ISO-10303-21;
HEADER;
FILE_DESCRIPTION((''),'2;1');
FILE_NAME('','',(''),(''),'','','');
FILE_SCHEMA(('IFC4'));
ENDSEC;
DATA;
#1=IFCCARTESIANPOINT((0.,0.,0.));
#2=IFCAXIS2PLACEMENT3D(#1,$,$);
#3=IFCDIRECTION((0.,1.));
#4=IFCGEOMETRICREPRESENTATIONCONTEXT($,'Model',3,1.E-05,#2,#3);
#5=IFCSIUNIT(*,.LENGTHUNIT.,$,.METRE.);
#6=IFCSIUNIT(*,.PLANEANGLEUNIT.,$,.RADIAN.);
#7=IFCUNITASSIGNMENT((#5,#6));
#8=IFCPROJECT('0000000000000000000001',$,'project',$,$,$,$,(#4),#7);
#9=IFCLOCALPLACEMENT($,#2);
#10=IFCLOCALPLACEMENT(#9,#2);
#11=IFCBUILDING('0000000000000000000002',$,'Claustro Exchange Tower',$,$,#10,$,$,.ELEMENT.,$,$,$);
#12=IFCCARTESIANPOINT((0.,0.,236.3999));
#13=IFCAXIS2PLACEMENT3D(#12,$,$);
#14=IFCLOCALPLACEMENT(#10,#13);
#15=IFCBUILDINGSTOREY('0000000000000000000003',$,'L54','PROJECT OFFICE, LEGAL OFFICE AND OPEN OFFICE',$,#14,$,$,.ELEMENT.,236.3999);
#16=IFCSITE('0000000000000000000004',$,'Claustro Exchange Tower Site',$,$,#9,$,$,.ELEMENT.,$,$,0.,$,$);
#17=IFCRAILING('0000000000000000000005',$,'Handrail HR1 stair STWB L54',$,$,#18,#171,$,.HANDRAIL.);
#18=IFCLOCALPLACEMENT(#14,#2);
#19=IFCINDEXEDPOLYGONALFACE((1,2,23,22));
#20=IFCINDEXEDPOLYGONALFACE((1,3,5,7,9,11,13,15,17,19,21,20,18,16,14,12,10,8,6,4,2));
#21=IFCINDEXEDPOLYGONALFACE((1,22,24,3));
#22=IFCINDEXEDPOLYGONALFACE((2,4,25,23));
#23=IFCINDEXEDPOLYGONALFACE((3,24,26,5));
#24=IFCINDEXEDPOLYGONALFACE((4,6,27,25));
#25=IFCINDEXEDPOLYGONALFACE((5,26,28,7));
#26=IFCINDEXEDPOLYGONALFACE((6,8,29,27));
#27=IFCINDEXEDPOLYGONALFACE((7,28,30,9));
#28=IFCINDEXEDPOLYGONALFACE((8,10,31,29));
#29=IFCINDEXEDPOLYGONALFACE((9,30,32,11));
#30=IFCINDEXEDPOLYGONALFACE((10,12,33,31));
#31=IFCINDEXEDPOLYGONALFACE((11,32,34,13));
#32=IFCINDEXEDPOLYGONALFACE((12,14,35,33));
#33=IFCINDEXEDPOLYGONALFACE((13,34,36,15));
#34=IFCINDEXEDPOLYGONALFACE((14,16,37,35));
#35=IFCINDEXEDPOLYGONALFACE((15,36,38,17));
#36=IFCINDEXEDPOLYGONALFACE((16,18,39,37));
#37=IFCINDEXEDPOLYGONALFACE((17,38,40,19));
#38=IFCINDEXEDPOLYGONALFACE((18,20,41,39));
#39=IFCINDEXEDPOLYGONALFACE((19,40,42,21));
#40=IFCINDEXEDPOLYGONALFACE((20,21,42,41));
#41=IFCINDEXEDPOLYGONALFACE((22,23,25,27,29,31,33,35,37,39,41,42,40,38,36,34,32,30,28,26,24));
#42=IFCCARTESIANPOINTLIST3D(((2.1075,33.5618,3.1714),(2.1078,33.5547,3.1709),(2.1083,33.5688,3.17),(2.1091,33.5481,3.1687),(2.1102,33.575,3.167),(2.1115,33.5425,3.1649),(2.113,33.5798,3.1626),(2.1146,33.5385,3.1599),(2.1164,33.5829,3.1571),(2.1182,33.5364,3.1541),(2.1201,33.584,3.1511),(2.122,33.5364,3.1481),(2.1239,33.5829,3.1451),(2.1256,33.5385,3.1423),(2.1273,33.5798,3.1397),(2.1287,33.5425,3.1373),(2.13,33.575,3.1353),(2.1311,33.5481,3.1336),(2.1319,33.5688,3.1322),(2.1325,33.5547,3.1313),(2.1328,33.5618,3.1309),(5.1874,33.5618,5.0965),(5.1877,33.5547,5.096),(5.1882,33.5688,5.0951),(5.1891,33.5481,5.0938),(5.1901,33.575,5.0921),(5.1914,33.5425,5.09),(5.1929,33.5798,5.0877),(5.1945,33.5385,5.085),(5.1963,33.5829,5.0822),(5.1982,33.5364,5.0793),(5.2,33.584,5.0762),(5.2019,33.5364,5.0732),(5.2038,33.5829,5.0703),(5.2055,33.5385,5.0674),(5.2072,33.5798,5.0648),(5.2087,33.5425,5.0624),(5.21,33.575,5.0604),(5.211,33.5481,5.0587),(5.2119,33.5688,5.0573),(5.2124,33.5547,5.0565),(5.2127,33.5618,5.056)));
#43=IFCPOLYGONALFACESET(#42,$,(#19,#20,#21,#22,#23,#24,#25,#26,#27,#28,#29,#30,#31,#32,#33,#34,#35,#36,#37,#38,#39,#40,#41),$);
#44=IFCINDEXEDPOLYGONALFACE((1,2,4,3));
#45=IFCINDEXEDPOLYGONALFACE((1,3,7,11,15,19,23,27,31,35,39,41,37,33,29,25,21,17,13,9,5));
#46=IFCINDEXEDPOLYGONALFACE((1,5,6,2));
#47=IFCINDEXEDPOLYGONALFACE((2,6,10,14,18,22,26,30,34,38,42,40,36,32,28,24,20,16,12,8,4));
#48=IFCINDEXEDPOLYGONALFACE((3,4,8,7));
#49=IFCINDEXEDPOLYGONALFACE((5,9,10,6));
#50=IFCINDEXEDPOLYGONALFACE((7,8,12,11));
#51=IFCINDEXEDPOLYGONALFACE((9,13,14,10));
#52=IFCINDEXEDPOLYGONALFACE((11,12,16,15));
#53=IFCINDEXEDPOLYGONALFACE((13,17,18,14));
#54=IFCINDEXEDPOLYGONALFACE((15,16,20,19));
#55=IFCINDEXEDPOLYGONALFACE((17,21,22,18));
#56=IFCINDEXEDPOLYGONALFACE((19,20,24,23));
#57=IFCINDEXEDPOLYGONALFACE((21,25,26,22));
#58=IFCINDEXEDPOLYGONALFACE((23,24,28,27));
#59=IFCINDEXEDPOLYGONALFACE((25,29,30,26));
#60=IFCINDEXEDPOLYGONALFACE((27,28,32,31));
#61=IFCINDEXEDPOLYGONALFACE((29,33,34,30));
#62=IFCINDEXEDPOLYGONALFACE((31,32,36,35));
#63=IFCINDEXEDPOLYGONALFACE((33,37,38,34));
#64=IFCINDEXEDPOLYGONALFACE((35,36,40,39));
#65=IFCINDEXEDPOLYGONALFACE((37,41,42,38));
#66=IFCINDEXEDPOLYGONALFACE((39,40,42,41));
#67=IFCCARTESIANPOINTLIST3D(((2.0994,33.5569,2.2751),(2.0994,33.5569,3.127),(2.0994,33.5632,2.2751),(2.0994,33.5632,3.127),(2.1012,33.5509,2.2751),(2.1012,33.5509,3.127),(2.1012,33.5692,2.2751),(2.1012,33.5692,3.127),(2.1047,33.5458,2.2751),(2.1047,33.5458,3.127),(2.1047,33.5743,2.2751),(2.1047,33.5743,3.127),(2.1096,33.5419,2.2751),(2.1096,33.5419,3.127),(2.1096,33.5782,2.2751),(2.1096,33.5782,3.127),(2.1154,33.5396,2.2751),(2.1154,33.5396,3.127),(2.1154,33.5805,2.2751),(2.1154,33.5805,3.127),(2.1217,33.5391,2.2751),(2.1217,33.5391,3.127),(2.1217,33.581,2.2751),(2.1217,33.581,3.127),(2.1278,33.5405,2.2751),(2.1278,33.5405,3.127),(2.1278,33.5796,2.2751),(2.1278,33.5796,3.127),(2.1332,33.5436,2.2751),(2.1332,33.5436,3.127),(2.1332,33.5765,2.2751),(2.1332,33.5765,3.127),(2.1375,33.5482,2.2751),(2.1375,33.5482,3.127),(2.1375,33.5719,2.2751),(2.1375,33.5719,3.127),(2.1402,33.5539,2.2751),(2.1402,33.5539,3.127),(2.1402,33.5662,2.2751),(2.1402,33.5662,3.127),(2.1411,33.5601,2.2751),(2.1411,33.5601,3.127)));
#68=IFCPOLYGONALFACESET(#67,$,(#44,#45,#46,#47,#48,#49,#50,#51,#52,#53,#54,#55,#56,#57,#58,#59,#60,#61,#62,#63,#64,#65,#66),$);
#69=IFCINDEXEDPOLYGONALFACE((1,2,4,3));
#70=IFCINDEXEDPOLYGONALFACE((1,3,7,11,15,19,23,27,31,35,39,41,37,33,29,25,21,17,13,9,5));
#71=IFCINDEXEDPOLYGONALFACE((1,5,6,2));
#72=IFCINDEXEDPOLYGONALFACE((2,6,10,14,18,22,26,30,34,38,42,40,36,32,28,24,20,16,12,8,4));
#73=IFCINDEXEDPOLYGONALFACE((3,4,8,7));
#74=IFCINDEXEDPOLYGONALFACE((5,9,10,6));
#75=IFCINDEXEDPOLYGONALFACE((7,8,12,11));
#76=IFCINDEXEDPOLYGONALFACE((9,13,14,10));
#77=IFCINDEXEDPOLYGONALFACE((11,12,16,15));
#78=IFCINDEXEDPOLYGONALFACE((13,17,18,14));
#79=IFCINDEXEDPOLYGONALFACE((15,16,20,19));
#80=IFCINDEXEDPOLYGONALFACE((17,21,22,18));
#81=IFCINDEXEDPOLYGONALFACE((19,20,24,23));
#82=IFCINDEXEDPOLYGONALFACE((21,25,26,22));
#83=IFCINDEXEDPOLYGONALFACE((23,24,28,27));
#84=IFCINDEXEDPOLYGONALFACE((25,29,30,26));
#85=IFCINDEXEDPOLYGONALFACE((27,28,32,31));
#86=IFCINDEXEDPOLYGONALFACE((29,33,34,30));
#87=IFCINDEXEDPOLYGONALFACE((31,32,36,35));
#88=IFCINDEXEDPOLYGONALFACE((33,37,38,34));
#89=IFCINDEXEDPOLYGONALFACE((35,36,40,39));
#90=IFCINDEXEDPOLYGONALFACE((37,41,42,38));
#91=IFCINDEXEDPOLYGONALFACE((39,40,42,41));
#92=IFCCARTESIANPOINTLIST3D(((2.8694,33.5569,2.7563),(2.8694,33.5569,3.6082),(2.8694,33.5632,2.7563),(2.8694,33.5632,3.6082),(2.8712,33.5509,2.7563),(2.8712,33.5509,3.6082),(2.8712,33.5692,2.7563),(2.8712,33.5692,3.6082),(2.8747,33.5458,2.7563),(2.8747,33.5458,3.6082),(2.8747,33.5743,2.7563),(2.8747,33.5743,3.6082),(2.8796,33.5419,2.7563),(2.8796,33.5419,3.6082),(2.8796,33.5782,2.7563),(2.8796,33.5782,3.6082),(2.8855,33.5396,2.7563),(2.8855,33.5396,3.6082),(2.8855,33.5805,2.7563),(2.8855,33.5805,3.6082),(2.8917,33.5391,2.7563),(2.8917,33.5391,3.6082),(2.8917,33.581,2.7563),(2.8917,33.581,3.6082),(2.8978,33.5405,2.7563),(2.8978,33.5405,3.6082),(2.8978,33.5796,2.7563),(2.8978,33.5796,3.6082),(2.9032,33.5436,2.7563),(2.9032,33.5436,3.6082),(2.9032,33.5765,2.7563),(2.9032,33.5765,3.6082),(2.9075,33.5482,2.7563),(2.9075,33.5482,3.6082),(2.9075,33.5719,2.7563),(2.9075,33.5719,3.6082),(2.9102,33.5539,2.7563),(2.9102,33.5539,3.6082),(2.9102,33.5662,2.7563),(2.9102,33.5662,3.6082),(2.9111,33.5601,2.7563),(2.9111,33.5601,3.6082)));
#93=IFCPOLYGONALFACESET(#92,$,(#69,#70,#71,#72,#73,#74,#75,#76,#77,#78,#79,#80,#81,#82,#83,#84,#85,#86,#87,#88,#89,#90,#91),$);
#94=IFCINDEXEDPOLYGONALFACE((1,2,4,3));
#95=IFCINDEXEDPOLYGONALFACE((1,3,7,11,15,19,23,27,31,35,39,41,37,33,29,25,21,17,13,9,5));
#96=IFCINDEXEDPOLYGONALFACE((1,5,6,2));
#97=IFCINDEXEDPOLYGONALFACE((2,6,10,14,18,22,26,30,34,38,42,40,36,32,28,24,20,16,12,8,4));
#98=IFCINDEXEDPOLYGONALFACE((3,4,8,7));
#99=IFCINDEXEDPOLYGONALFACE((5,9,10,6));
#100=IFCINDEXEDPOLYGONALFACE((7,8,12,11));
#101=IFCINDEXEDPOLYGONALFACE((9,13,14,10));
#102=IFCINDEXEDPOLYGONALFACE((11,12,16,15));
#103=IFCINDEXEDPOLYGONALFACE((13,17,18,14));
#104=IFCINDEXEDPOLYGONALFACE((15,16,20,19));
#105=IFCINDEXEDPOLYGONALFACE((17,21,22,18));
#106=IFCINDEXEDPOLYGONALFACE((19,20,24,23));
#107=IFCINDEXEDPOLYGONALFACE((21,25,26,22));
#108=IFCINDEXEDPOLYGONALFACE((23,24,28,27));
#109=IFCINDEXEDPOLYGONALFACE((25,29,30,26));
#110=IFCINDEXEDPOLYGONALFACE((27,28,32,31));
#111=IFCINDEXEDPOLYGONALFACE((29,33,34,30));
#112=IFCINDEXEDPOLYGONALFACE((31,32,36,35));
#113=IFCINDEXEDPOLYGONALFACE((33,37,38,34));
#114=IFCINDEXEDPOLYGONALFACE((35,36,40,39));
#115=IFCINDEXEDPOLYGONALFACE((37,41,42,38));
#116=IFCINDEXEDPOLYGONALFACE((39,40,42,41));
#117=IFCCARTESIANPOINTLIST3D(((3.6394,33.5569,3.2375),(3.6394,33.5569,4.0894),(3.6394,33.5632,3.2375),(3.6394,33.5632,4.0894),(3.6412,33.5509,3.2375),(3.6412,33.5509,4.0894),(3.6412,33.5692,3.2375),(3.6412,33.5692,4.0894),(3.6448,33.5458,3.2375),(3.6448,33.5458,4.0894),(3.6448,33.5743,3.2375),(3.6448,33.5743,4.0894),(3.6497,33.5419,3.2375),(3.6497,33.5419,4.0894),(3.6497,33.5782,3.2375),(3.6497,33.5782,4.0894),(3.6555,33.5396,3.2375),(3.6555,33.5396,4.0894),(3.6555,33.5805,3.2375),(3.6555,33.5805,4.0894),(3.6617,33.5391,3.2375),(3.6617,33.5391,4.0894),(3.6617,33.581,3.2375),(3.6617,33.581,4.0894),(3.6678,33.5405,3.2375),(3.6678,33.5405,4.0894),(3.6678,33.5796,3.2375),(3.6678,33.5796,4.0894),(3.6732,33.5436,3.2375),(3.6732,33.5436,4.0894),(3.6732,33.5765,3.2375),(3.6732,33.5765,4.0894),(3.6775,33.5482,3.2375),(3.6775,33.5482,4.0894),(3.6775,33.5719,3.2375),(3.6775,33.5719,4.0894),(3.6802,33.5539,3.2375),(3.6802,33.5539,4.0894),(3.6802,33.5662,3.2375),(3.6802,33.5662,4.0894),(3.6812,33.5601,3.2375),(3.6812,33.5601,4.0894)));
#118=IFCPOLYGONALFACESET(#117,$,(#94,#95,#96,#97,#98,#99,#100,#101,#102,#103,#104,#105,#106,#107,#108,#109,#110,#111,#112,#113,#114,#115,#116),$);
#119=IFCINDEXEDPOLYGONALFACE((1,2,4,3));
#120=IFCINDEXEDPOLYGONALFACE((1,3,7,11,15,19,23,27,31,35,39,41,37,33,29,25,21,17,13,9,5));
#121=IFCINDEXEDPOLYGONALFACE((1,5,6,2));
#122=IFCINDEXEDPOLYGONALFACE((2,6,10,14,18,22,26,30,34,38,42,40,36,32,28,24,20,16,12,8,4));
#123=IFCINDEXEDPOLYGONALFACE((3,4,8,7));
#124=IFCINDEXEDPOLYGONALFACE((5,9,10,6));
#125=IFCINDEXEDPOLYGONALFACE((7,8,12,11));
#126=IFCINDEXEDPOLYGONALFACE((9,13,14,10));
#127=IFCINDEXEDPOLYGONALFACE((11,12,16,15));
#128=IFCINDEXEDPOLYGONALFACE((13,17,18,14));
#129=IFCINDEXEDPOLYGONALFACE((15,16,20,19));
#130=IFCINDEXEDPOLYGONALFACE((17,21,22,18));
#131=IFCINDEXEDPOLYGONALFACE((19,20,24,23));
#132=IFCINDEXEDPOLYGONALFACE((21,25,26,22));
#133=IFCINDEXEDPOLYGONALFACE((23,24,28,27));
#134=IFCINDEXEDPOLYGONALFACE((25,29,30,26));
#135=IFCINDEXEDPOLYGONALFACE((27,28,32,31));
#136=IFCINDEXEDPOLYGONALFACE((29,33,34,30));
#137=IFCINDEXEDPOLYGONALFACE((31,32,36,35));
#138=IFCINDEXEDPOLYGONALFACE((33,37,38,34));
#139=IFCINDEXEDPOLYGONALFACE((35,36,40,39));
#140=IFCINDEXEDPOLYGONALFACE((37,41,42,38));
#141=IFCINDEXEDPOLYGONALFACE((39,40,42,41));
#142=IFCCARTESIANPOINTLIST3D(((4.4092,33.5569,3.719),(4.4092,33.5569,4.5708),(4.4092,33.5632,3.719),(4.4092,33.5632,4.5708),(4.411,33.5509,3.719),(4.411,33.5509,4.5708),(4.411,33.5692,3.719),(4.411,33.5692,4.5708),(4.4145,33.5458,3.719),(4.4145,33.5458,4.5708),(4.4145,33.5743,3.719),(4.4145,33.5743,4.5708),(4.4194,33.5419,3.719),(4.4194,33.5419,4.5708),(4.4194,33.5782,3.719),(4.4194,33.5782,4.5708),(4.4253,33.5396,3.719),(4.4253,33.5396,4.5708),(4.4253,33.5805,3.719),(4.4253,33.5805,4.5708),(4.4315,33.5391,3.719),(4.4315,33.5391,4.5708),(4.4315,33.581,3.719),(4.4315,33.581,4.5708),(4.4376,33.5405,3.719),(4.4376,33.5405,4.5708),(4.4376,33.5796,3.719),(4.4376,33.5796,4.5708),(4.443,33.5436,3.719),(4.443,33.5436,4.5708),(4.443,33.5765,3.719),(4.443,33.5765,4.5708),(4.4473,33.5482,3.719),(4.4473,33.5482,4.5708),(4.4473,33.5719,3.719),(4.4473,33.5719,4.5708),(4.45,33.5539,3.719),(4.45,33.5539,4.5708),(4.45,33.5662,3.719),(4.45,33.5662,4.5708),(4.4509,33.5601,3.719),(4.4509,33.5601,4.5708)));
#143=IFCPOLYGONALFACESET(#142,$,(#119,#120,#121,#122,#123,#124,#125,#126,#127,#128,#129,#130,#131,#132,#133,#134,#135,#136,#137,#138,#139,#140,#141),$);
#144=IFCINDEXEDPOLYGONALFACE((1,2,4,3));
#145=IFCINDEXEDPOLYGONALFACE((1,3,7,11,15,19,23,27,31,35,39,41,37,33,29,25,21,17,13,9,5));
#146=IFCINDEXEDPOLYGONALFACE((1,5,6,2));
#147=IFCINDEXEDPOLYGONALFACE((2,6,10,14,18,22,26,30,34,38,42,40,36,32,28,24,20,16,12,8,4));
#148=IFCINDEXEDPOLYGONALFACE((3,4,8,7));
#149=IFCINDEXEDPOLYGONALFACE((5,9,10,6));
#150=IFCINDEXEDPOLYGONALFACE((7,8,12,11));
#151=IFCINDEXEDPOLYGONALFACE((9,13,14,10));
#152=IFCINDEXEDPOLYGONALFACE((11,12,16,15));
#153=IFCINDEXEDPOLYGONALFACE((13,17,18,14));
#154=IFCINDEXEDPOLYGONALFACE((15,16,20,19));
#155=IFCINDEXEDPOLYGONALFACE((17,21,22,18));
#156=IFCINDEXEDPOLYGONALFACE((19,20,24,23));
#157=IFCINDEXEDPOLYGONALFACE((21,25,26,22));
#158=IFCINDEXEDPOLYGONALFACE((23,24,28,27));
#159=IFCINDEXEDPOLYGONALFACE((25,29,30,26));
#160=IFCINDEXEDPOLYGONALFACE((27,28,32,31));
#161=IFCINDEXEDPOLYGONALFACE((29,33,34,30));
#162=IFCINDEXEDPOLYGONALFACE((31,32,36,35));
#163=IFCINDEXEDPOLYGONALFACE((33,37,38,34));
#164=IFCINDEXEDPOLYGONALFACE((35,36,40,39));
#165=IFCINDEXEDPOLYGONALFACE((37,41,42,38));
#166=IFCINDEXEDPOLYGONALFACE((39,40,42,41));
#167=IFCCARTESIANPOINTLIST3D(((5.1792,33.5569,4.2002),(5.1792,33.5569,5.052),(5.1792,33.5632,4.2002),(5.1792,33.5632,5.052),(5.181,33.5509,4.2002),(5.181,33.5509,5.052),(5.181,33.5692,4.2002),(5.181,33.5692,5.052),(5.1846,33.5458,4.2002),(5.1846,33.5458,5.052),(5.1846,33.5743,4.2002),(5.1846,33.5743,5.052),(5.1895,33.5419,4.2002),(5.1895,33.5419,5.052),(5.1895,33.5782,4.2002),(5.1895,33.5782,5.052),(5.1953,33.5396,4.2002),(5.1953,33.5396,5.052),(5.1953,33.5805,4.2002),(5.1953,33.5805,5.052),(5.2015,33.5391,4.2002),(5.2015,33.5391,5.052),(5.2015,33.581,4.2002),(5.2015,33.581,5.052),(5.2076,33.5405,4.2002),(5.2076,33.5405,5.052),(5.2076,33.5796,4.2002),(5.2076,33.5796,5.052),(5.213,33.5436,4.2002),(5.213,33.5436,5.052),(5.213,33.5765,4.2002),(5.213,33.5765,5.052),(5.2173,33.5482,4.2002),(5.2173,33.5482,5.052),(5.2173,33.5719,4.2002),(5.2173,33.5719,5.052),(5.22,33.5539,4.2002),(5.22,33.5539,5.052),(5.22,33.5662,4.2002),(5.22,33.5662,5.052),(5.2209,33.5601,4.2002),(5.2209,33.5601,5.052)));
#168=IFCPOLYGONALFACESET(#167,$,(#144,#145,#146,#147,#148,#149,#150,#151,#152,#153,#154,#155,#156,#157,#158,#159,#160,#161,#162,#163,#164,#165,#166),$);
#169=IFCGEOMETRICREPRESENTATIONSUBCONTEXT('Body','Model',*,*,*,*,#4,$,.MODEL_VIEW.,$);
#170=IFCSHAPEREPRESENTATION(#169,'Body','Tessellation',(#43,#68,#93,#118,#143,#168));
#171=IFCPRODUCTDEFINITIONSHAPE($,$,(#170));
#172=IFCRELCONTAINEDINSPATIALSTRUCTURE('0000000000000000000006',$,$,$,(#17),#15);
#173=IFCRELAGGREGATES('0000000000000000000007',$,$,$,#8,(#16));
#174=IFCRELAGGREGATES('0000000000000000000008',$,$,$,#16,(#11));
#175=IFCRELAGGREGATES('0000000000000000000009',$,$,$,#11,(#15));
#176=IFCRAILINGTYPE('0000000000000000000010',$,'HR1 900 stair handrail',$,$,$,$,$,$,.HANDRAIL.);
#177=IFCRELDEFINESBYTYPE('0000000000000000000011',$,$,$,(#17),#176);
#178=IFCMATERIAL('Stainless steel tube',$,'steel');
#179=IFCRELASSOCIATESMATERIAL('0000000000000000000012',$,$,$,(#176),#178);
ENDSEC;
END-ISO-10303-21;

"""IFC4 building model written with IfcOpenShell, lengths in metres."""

from ifc_helpers import new_model, si_unit, direction, frame, origin, origin_2d, place, context, subcontext, project, spatial, circle, extrude, material, type_object, element, save


model = new_model("IFC4")

# Units and contexts
model_context = context("Model", 3, precision=1e-05, world=origin(), true_north=direction((0.0, 1.0)))
body_context = subcontext(model_context, "Body", "Model", "MODEL_VIEW")
ifc_project = project(units=[si_unit("LENGTHUNIT", "METRE"), si_unit("PLANEANGLEUNIT", "RADIAN")], contexts=[model_context])

# Site, building, storey
site_placement = place(None, origin())
site = spatial("IfcSite", under=ifc_project, at=site_placement, Name="Claustro Exchange Tower Site", CompositionType="ELEMENT", RefElevation=0.0)
building_placement = place(site_placement, origin())
building = spatial("IfcBuilding", under=site, at=building_placement, Name="Claustro Exchange Tower", CompositionType="ELEMENT")
storey_placement = place(building_placement, frame((0.0, 0.0, 236.3999)))
storey = spatial("IfcBuildingStorey", under=building, at=storey_placement, Name="L54", Description="PROJECT OFFICE, LEGAL OFFICE AND OPEN OFFICE", CompositionType="ELEMENT", Elevation=236.3999)

# Railing
ifc_material_1 = material(Name="Stainless steel tube", Category="steel")
railing_type_1 = type_object("IfcRailingType", Name="HR1 900 stair handrail", PredefinedType="HANDRAIL", material=ifc_material_1)
railing_1_placement = place(storey_placement, frame((2.1201, 33.5601, 2.2751)))
element("IfcRailing", 1, at=railing_1_placement, inside=storey, type_object=railing_type_1, Name="Handrail HR1 stair STWB L54", PredefinedType="HANDRAIL", context=body_context, shape_type="SweptSolid", body=[
    extrude(circle(Radius=0.0239, at=origin_2d()), frame((0.0, 0.0, 0.876), z_axis=(0.847979, 0.0, 0.530029), x_axis=(0.0, 1.0, 0.0)), (0.0, 0.0, 1.0), 3.6321),
    extrude(circle(Radius=0.021, at=origin_2d()), origin(), (0.0, 0.0, 1.0), 0.8518),
    extrude(circle(Radius=0.021, at=origin_2d()), frame((0.77, 0.0, 0.4812)), (0.0, 0.0, 1.0), 0.8518),
    extrude(circle(Radius=0.021, at=origin_2d()), frame((1.54, 0.0, 0.9624)), (0.0, 0.0, 1.0), 0.8518),
    extrude(circle(Radius=0.021, at=origin_2d()), frame((2.3098, 0.0, 1.4438)), (0.0, 0.0, 1.0), 0.8518),
    extrude(circle(Radius=0.021, at=origin_2d()), frame((3.0798, 0.0, 1.925)), (0.0, 0.0, 1.0), 0.8518),
])

save(model, "model.ifc")
